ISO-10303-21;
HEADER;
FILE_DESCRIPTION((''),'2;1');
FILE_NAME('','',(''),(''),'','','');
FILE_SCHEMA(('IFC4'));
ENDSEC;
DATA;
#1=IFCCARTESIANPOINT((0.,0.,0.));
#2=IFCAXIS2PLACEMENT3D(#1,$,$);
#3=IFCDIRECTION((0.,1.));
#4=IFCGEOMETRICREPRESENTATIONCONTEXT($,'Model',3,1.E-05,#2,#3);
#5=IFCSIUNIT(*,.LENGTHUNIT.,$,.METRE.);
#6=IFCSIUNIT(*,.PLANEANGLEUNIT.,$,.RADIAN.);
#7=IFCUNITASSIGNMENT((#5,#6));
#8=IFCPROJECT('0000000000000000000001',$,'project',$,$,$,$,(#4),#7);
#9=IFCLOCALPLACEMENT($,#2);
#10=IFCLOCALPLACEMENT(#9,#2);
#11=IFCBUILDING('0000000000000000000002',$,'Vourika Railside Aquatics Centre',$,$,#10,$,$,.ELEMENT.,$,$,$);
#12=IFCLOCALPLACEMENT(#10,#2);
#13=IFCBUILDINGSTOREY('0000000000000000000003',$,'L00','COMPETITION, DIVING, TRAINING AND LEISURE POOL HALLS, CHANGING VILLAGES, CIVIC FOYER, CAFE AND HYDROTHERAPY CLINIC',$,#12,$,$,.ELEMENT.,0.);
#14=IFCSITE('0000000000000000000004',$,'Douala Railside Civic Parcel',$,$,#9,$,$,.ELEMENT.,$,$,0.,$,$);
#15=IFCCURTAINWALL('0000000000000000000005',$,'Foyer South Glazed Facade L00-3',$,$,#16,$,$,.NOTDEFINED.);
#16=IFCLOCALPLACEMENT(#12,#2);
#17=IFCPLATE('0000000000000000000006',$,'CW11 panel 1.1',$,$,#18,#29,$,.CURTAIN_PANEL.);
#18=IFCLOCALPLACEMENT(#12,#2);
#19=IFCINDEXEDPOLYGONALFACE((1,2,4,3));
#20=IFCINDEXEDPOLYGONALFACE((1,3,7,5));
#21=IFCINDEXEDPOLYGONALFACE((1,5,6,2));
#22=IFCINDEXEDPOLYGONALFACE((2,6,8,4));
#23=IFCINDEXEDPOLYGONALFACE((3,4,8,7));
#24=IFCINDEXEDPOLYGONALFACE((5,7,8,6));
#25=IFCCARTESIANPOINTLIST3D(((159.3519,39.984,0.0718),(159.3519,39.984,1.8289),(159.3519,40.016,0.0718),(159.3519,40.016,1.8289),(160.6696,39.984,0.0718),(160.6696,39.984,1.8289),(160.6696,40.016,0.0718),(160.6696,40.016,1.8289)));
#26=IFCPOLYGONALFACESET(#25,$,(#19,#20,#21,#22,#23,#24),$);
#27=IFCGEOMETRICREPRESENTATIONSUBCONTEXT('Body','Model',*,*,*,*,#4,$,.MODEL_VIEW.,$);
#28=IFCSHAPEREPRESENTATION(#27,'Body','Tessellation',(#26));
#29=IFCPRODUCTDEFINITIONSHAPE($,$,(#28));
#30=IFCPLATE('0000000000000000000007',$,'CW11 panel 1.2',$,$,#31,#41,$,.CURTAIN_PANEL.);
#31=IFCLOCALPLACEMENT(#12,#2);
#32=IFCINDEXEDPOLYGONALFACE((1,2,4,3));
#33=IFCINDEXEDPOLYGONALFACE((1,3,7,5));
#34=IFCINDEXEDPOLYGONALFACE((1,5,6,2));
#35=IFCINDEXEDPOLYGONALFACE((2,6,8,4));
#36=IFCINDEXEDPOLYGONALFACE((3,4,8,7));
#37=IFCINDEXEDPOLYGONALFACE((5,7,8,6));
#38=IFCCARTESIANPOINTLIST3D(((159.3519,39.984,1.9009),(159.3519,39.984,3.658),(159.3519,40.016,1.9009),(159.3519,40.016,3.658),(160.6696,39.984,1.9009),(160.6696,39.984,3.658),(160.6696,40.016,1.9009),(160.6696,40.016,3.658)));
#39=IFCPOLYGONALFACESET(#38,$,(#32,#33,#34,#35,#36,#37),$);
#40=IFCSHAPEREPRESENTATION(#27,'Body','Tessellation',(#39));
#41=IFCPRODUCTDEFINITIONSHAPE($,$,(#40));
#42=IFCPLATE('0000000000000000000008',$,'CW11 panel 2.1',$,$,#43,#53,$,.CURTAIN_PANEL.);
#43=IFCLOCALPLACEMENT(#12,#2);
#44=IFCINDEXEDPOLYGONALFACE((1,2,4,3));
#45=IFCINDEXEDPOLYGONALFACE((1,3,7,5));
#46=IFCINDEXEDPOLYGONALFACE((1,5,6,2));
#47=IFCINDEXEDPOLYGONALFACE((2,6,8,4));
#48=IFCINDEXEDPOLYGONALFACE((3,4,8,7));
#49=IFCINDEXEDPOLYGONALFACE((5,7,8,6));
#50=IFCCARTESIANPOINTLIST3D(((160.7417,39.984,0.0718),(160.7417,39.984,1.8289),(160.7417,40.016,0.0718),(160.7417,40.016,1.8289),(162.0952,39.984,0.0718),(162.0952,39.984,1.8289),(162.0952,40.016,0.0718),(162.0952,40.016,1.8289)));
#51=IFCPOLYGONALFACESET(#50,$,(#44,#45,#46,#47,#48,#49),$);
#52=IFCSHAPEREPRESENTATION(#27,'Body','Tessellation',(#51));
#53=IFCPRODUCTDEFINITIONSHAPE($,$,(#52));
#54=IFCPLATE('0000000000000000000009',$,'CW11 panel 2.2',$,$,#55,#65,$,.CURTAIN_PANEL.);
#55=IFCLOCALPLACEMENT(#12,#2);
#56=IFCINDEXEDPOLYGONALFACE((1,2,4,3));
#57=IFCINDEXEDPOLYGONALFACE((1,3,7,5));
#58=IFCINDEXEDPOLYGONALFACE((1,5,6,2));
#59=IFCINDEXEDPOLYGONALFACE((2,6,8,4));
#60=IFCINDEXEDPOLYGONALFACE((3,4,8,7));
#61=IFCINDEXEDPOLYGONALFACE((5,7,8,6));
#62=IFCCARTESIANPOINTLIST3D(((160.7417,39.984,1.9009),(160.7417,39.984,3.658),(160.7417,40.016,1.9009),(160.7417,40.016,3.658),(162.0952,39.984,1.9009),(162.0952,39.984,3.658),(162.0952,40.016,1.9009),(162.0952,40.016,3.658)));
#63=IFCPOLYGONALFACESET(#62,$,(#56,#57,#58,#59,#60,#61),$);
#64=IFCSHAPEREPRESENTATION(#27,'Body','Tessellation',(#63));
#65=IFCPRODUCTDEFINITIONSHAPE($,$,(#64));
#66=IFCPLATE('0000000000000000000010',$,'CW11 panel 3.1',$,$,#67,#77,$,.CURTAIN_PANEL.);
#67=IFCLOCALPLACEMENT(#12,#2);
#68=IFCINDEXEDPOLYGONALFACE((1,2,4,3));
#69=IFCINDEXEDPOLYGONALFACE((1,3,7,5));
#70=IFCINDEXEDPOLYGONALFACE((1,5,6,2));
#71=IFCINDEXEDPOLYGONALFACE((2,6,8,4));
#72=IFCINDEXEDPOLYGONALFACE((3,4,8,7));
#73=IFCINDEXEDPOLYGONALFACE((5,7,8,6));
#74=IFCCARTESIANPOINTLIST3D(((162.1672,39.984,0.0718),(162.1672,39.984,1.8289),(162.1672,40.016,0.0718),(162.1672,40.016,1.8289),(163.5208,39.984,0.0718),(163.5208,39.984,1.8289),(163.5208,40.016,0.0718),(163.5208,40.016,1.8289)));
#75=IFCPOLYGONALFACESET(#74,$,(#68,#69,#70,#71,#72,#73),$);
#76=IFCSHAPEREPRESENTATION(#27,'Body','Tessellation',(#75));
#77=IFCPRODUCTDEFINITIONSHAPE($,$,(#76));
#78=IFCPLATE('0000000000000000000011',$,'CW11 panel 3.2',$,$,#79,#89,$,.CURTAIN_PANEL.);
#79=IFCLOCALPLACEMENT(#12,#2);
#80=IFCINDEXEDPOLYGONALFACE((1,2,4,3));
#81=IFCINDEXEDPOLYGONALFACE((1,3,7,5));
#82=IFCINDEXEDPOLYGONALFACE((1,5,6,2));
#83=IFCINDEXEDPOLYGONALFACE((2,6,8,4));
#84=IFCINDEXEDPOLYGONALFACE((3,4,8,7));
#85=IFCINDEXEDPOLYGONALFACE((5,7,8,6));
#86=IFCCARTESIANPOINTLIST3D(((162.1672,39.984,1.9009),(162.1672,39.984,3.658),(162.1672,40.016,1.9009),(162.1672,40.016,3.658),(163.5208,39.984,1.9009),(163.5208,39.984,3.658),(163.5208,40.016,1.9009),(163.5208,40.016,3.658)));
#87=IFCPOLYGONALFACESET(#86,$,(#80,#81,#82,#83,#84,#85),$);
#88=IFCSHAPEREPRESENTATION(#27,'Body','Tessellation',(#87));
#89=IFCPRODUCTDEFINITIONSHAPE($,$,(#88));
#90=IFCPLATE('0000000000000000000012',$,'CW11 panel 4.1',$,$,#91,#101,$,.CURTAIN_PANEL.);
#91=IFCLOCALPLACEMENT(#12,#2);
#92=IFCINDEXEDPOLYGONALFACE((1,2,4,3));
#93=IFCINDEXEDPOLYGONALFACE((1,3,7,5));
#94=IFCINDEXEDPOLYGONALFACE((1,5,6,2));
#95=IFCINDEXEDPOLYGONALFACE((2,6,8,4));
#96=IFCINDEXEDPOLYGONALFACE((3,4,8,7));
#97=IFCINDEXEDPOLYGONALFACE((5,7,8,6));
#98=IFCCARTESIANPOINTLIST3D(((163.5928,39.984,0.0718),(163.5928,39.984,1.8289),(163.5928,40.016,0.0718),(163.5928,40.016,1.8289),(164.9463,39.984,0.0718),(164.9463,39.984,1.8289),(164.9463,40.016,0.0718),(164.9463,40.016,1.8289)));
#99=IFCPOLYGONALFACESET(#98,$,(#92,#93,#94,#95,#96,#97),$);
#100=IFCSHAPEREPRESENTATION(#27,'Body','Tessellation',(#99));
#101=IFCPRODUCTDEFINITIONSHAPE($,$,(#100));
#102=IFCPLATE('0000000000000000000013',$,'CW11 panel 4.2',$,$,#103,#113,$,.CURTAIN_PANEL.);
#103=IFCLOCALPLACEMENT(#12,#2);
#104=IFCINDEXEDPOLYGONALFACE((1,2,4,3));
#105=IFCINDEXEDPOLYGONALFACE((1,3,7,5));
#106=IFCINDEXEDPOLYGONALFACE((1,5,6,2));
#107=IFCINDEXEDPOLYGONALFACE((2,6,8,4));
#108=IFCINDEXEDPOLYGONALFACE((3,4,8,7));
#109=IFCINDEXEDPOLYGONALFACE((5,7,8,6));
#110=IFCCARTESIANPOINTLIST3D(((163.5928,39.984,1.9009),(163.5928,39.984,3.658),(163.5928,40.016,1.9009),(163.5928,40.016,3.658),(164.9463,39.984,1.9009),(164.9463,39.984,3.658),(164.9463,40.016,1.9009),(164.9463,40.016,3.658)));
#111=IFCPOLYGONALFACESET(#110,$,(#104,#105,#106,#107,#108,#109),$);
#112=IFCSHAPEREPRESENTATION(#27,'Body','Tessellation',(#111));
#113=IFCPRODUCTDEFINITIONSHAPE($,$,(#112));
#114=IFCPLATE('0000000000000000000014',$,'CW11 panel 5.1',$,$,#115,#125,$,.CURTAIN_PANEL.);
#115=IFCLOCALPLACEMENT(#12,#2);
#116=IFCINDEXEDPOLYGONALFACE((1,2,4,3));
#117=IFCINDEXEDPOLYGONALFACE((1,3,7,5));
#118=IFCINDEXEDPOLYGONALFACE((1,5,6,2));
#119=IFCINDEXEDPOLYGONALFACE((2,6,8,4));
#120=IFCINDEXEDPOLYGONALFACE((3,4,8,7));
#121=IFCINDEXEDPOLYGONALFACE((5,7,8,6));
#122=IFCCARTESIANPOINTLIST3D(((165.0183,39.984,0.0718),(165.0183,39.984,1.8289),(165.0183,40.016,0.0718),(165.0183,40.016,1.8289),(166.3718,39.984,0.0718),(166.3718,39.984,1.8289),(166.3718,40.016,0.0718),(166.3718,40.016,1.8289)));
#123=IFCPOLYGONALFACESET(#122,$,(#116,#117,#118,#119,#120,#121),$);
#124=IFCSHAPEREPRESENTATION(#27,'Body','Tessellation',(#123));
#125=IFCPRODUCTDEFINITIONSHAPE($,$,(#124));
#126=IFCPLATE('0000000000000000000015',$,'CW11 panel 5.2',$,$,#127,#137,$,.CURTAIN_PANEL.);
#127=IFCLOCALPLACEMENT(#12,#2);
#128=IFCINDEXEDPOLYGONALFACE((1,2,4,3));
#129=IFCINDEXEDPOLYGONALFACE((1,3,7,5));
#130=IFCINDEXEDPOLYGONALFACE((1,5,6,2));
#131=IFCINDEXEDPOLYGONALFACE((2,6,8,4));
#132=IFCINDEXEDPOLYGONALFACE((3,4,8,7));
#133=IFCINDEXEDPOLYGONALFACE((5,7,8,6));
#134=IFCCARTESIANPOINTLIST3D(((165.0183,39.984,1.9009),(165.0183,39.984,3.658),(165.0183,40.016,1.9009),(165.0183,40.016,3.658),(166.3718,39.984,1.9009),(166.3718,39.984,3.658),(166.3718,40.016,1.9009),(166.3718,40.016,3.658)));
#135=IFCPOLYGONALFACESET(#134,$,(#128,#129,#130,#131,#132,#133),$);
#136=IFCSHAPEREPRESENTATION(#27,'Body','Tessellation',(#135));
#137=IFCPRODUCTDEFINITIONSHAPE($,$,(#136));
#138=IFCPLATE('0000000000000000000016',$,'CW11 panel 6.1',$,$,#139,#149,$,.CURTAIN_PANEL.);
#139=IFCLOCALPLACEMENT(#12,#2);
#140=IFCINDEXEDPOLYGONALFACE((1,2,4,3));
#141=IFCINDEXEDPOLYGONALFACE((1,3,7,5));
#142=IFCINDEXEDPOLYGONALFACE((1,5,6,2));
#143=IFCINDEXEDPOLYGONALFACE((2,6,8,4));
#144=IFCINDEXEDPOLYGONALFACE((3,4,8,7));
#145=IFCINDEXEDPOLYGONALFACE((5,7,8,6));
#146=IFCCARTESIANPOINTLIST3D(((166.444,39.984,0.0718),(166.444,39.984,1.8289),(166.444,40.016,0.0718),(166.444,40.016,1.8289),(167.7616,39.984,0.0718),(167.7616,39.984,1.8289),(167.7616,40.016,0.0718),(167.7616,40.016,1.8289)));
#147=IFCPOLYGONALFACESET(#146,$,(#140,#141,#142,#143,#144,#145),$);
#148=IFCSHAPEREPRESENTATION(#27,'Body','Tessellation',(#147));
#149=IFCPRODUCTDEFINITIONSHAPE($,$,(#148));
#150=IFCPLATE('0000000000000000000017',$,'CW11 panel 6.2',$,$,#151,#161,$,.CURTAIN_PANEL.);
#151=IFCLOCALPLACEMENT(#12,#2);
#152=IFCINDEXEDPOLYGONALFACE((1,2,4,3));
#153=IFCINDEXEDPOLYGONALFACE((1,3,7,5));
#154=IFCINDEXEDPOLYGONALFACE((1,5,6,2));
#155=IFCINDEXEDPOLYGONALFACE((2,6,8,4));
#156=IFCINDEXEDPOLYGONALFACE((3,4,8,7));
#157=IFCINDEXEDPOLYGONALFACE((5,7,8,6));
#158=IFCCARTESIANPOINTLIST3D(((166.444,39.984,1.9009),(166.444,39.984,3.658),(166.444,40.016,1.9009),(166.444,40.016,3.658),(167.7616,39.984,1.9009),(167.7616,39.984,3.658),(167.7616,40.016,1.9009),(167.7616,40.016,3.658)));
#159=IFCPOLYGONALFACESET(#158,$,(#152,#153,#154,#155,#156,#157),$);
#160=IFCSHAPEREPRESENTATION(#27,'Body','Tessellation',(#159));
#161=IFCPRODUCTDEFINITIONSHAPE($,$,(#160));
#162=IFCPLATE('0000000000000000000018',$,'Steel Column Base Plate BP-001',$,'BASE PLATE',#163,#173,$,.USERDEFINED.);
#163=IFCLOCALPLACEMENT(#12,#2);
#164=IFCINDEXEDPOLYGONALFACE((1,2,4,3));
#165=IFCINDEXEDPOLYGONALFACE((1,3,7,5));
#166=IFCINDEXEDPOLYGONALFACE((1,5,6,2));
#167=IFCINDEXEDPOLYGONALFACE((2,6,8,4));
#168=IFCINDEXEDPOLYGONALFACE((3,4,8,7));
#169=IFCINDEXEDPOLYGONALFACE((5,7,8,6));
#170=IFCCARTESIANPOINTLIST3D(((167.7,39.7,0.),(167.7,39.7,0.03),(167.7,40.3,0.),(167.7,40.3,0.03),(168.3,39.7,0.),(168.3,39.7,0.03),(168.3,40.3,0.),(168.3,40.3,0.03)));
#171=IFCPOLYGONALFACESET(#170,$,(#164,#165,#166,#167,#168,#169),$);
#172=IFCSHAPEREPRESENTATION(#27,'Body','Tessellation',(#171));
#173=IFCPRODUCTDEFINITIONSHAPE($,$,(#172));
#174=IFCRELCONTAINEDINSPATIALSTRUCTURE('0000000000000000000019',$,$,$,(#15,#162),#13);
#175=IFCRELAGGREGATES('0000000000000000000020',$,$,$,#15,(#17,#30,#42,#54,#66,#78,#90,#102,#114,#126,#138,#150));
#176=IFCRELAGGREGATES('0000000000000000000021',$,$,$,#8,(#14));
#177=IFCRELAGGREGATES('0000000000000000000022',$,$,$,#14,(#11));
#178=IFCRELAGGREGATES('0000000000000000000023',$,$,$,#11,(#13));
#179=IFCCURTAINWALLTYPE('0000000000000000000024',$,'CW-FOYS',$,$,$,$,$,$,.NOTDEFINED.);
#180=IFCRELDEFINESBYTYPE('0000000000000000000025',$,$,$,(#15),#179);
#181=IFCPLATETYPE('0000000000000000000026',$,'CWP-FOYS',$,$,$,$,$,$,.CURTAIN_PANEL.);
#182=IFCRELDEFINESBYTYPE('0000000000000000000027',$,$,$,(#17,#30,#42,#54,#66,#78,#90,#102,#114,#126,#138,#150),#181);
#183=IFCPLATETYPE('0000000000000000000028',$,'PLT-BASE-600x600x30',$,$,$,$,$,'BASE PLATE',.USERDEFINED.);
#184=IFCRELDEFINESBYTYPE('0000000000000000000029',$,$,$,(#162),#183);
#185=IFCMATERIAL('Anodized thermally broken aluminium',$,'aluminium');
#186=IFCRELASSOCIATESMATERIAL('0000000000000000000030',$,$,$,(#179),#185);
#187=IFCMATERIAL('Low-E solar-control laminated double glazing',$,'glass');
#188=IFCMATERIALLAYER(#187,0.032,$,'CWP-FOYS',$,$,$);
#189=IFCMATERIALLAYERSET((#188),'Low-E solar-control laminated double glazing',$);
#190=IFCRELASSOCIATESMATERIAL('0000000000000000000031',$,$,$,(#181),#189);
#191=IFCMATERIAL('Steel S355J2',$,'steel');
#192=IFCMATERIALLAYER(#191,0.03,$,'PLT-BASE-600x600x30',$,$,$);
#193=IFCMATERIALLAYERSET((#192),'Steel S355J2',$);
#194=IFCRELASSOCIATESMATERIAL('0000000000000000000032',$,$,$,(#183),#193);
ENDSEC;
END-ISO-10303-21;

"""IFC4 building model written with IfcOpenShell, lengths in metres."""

from ifc_helpers import new_model, si_unit, direction, frame, origin, origin_2d, place, context, subcontext, project, spatial, rectangle, extrude, material, layer, layer_set, type_object, element, aggregate, save


model = new_model("IFC4")

# Units and contexts
model_context = context("Model", 3, precision=1e-05, world=origin(), true_north=direction((0.0, 1.0)))
body_context = subcontext(model_context, "Body", "Model", "MODEL_VIEW")
ifc_project = project(units=[si_unit("LENGTHUNIT", "METRE"), si_unit("PLANEANGLEUNIT", "RADIAN")], contexts=[model_context])

# Site, building, storey
site_placement = place(None, origin())
site = spatial("IfcSite", under=ifc_project, at=site_placement, Name="Douala Railside Civic Parcel", CompositionType="ELEMENT", RefElevation=0.0)
building_placement = place(site_placement, origin())
building = spatial("IfcBuilding", under=site, at=building_placement, Name="Vourika Railside Aquatics Centre", CompositionType="ELEMENT")
storey_placement = place(building_placement, origin())
storey = spatial("IfcBuildingStorey", under=building, at=storey_placement, Name="L00", Description="COMPETITION, DIVING, TRAINING AND LEISURE POOL HALLS, CHANGING VILLAGES, CIVIC FOYER, CAFE AND HYDROTHERAPY CLINIC", CompositionType="ELEMENT", Elevation=0.0)

# Shared definitions
ifc_material_1 = material(Name="Steel S355J2", Category="steel")

# Curtain wall, plates
ifc_material_2 = material(Name="Anodized thermally broken aluminium", Category="aluminium")
curtain_wall_type = type_object("IfcCurtainWallType", Name="CW-FOYS", PredefinedType="NOTDEFINED", material=ifc_material_2)
curtain_wall_placement = place(storey_placement, origin())
curtain_wall = element("IfcCurtainWall", 1, at=curtain_wall_placement, inside=storey, type_object=curtain_wall_type, Name="Foyer South Glazed Facade L00-3", PredefinedType="NOTDEFINED")
ifc_material_3 = material(Name="Low-E solar-control laminated double glazing", Category="glass")
ifc_layer_1 = layer(ifc_material_3, 0.032, Name="CWP-FOYS")
ifc_layer_set_1 = layer_set([ifc_layer_1], Name="Low-E solar-control laminated double glazing")
plate_type_1 = type_object("IfcPlateType", Name="CWP-FOYS", PredefinedType="CURTAIN_PANEL", material=ifc_layer_set_1)
plate_1_placement = place(storey_placement, frame((160.0107, 40.0, 0.0718), z_axis=(0.0, 0.0, 1.0), x_axis=(1.0, 0.0, 0.0)))
plate_1 = element("IfcPlate", 2, at=plate_1_placement, type_object=plate_type_1, Name="CW11 panel 1.1", PredefinedType="CURTAIN_PANEL", context=body_context, shape_type="SweptSolid", body=[
    extrude(rectangle(XDim=1.3176, YDim=0.032, at=origin_2d()), origin(), (0.0, 0.0, 1.0), 1.7571),
])
plate_2_placement = place(storey_placement, frame((160.0107, 40.0, 1.9009), z_axis=(0.0, 0.0, 1.0), x_axis=(1.0, 0.0, 0.0)))
plate_2 = element("IfcPlate", 3, at=plate_2_placement, type_object=plate_type_1, Name="CW11 panel 1.2", PredefinedType="CURTAIN_PANEL", context=body_context, shape_type="SweptSolid", body=[
    extrude(rectangle(XDim=1.3176, YDim=0.032, at=origin_2d()), origin(), (0.0, 0.0, 1.0), 1.7571),
])
plate_3_placement = place(storey_placement, frame((161.4185, 40.0, 0.0718), z_axis=(0.0, 0.0, 1.0), x_axis=(1.0, 0.0, 0.0)))
plate_3 = element("IfcPlate", 4, at=plate_3_placement, type_object=plate_type_1, Name="CW11 panel 2.1", PredefinedType="CURTAIN_PANEL", context=body_context, shape_type="SweptSolid", body=[
    extrude(rectangle(XDim=1.3535, YDim=0.032, at=origin_2d()), origin(), (0.0, 0.0, 1.0), 1.7571),
])
plate_4_placement = place(storey_placement, frame((161.4185, 40.0, 1.9009), z_axis=(0.0, 0.0, 1.0), x_axis=(1.0, 0.0, 0.0)))
plate_4 = element("IfcPlate", 5, at=plate_4_placement, type_object=plate_type_1, Name="CW11 panel 2.2", PredefinedType="CURTAIN_PANEL", context=body_context, shape_type="SweptSolid", body=[
    extrude(rectangle(XDim=1.3535, YDim=0.032, at=origin_2d()), origin(), (0.0, 0.0, 1.0), 1.7571),
])
plate_5_placement = place(storey_placement, frame((162.844, 40.0, 0.0718), z_axis=(0.0, 0.0, 1.0), x_axis=(1.0, 0.0, 0.0)))
plate_5 = element("IfcPlate", 6, at=plate_5_placement, type_object=plate_type_1, Name="CW11 panel 3.1", PredefinedType="CURTAIN_PANEL", context=body_context, shape_type="SweptSolid", body=[
    extrude(rectangle(XDim=1.3535, YDim=0.032, at=origin_2d()), origin(), (0.0, 0.0, 1.0), 1.7571),
])
plate_6_placement = place(storey_placement, frame((162.844, 40.0, 1.9009), z_axis=(0.0, 0.0, 1.0), x_axis=(1.0, 0.0, 0.0)))
plate_6 = element("IfcPlate", 7, at=plate_6_placement, type_object=plate_type_1, Name="CW11 panel 3.2", PredefinedType="CURTAIN_PANEL", context=body_context, shape_type="SweptSolid", body=[
    extrude(rectangle(XDim=1.3535, YDim=0.032, at=origin_2d()), origin(), (0.0, 0.0, 1.0), 1.7571),
])
plate_7_placement = place(storey_placement, frame((164.2695, 40.0, 0.0718), z_axis=(0.0, 0.0, 1.0), x_axis=(1.0, 0.0, 0.0)))
plate_7 = element("IfcPlate", 8, at=plate_7_placement, type_object=plate_type_1, Name="CW11 panel 4.1", PredefinedType="CURTAIN_PANEL", context=body_context, shape_type="SweptSolid", body=[
    extrude(rectangle(XDim=1.3535, YDim=0.032, at=origin_2d()), origin(), (0.0, 0.0, 1.0), 1.7571),
])
plate_8_placement = place(storey_placement, frame((164.2695, 40.0, 1.9009), z_axis=(0.0, 0.0, 1.0), x_axis=(1.0, 0.0, 0.0)))
plate_8 = element("IfcPlate", 9, at=plate_8_placement, type_object=plate_type_1, Name="CW11 panel 4.2", PredefinedType="CURTAIN_PANEL", context=body_context, shape_type="SweptSolid", body=[
    extrude(rectangle(XDim=1.3535, YDim=0.032, at=origin_2d()), origin(), (0.0, 0.0, 1.0), 1.7571),
])
plate_9_placement = place(storey_placement, frame((165.6951, 40.0, 0.0718), z_axis=(0.0, 0.0, 1.0), x_axis=(1.0, 0.0, 0.0)))
plate_9 = element("IfcPlate", 10, at=plate_9_placement, type_object=plate_type_1, Name="CW11 panel 5.1", PredefinedType="CURTAIN_PANEL", context=body_context, shape_type="SweptSolid", body=[
    extrude(rectangle(XDim=1.3535, YDim=0.032, at=origin_2d()), origin(), (0.0, 0.0, 1.0), 1.7571),
])
plate_10_placement = place(storey_placement, frame((165.6951, 40.0, 1.9009), z_axis=(0.0, 0.0, 1.0), x_axis=(1.0, 0.0, 0.0)))
plate_10 = element("IfcPlate", 11, at=plate_10_placement, type_object=plate_type_1, Name="CW11 panel 5.2", PredefinedType="CURTAIN_PANEL", context=body_context, shape_type="SweptSolid", body=[
    extrude(rectangle(XDim=1.3535, YDim=0.032, at=origin_2d()), origin(), (0.0, 0.0, 1.0), 1.7571),
])
plate_11_placement = place(storey_placement, frame((167.1028, 40.0, 0.0718), z_axis=(0.0, 0.0, 1.0), x_axis=(1.0, 0.0, 0.0)))
plate_11 = element("IfcPlate", 12, at=plate_11_placement, type_object=plate_type_1, Name="CW11 panel 6.1", PredefinedType="CURTAIN_PANEL", context=body_context, shape_type="SweptSolid", body=[
    extrude(rectangle(XDim=1.3176, YDim=0.032, at=origin_2d()), origin(), (0.0, 0.0, 1.0), 1.7571),
])
plate_12_placement = place(storey_placement, frame((167.1028, 40.0, 1.9009), z_axis=(0.0, 0.0, 1.0), x_axis=(1.0, 0.0, 0.0)))
plate_12 = element("IfcPlate", 13, at=plate_12_placement, type_object=plate_type_1, Name="CW11 panel 6.2", PredefinedType="CURTAIN_PANEL", context=body_context, shape_type="SweptSolid", body=[
    extrude(rectangle(XDim=1.3176, YDim=0.032, at=origin_2d()), origin(), (0.0, 0.0, 1.0), 1.7571),
])
aggregate(curtain_wall, [plate_1, plate_2, plate_3, plate_4, plate_5, plate_6, plate_7, plate_8, plate_9, plate_10, plate_11, plate_12])

# Plate
ifc_layer_2 = layer(ifc_material_1, 0.03, Name="PLT-BASE-600x600x30")
ifc_layer_set_2 = layer_set([ifc_layer_2], Name="Steel S355J2")
plate_type_2 = type_object("IfcPlateType", Name="PLT-BASE-600x600x30", ElementType="BASE PLATE", PredefinedType="USERDEFINED", material=ifc_layer_set_2)
plate_13_placement = place(storey_placement, frame((168.0, 40.0, 0.0), z_axis=(0.0, 0.0, 1.0), x_axis=(1.0, 0.0, 0.0)))
element("IfcPlate", 14, at=plate_13_placement, inside=storey, type_object=plate_type_2, Name="Steel Column Base Plate BP-001", ObjectType="BASE PLATE", PredefinedType="USERDEFINED", context=body_context, shape_type="SweptSolid", body=[
    extrude(rectangle(XDim=0.6001, YDim=0.6001, at=origin_2d()), origin(), (0.0, 0.0, 1.0), 0.03),
])

save(model, "model.ifc")
